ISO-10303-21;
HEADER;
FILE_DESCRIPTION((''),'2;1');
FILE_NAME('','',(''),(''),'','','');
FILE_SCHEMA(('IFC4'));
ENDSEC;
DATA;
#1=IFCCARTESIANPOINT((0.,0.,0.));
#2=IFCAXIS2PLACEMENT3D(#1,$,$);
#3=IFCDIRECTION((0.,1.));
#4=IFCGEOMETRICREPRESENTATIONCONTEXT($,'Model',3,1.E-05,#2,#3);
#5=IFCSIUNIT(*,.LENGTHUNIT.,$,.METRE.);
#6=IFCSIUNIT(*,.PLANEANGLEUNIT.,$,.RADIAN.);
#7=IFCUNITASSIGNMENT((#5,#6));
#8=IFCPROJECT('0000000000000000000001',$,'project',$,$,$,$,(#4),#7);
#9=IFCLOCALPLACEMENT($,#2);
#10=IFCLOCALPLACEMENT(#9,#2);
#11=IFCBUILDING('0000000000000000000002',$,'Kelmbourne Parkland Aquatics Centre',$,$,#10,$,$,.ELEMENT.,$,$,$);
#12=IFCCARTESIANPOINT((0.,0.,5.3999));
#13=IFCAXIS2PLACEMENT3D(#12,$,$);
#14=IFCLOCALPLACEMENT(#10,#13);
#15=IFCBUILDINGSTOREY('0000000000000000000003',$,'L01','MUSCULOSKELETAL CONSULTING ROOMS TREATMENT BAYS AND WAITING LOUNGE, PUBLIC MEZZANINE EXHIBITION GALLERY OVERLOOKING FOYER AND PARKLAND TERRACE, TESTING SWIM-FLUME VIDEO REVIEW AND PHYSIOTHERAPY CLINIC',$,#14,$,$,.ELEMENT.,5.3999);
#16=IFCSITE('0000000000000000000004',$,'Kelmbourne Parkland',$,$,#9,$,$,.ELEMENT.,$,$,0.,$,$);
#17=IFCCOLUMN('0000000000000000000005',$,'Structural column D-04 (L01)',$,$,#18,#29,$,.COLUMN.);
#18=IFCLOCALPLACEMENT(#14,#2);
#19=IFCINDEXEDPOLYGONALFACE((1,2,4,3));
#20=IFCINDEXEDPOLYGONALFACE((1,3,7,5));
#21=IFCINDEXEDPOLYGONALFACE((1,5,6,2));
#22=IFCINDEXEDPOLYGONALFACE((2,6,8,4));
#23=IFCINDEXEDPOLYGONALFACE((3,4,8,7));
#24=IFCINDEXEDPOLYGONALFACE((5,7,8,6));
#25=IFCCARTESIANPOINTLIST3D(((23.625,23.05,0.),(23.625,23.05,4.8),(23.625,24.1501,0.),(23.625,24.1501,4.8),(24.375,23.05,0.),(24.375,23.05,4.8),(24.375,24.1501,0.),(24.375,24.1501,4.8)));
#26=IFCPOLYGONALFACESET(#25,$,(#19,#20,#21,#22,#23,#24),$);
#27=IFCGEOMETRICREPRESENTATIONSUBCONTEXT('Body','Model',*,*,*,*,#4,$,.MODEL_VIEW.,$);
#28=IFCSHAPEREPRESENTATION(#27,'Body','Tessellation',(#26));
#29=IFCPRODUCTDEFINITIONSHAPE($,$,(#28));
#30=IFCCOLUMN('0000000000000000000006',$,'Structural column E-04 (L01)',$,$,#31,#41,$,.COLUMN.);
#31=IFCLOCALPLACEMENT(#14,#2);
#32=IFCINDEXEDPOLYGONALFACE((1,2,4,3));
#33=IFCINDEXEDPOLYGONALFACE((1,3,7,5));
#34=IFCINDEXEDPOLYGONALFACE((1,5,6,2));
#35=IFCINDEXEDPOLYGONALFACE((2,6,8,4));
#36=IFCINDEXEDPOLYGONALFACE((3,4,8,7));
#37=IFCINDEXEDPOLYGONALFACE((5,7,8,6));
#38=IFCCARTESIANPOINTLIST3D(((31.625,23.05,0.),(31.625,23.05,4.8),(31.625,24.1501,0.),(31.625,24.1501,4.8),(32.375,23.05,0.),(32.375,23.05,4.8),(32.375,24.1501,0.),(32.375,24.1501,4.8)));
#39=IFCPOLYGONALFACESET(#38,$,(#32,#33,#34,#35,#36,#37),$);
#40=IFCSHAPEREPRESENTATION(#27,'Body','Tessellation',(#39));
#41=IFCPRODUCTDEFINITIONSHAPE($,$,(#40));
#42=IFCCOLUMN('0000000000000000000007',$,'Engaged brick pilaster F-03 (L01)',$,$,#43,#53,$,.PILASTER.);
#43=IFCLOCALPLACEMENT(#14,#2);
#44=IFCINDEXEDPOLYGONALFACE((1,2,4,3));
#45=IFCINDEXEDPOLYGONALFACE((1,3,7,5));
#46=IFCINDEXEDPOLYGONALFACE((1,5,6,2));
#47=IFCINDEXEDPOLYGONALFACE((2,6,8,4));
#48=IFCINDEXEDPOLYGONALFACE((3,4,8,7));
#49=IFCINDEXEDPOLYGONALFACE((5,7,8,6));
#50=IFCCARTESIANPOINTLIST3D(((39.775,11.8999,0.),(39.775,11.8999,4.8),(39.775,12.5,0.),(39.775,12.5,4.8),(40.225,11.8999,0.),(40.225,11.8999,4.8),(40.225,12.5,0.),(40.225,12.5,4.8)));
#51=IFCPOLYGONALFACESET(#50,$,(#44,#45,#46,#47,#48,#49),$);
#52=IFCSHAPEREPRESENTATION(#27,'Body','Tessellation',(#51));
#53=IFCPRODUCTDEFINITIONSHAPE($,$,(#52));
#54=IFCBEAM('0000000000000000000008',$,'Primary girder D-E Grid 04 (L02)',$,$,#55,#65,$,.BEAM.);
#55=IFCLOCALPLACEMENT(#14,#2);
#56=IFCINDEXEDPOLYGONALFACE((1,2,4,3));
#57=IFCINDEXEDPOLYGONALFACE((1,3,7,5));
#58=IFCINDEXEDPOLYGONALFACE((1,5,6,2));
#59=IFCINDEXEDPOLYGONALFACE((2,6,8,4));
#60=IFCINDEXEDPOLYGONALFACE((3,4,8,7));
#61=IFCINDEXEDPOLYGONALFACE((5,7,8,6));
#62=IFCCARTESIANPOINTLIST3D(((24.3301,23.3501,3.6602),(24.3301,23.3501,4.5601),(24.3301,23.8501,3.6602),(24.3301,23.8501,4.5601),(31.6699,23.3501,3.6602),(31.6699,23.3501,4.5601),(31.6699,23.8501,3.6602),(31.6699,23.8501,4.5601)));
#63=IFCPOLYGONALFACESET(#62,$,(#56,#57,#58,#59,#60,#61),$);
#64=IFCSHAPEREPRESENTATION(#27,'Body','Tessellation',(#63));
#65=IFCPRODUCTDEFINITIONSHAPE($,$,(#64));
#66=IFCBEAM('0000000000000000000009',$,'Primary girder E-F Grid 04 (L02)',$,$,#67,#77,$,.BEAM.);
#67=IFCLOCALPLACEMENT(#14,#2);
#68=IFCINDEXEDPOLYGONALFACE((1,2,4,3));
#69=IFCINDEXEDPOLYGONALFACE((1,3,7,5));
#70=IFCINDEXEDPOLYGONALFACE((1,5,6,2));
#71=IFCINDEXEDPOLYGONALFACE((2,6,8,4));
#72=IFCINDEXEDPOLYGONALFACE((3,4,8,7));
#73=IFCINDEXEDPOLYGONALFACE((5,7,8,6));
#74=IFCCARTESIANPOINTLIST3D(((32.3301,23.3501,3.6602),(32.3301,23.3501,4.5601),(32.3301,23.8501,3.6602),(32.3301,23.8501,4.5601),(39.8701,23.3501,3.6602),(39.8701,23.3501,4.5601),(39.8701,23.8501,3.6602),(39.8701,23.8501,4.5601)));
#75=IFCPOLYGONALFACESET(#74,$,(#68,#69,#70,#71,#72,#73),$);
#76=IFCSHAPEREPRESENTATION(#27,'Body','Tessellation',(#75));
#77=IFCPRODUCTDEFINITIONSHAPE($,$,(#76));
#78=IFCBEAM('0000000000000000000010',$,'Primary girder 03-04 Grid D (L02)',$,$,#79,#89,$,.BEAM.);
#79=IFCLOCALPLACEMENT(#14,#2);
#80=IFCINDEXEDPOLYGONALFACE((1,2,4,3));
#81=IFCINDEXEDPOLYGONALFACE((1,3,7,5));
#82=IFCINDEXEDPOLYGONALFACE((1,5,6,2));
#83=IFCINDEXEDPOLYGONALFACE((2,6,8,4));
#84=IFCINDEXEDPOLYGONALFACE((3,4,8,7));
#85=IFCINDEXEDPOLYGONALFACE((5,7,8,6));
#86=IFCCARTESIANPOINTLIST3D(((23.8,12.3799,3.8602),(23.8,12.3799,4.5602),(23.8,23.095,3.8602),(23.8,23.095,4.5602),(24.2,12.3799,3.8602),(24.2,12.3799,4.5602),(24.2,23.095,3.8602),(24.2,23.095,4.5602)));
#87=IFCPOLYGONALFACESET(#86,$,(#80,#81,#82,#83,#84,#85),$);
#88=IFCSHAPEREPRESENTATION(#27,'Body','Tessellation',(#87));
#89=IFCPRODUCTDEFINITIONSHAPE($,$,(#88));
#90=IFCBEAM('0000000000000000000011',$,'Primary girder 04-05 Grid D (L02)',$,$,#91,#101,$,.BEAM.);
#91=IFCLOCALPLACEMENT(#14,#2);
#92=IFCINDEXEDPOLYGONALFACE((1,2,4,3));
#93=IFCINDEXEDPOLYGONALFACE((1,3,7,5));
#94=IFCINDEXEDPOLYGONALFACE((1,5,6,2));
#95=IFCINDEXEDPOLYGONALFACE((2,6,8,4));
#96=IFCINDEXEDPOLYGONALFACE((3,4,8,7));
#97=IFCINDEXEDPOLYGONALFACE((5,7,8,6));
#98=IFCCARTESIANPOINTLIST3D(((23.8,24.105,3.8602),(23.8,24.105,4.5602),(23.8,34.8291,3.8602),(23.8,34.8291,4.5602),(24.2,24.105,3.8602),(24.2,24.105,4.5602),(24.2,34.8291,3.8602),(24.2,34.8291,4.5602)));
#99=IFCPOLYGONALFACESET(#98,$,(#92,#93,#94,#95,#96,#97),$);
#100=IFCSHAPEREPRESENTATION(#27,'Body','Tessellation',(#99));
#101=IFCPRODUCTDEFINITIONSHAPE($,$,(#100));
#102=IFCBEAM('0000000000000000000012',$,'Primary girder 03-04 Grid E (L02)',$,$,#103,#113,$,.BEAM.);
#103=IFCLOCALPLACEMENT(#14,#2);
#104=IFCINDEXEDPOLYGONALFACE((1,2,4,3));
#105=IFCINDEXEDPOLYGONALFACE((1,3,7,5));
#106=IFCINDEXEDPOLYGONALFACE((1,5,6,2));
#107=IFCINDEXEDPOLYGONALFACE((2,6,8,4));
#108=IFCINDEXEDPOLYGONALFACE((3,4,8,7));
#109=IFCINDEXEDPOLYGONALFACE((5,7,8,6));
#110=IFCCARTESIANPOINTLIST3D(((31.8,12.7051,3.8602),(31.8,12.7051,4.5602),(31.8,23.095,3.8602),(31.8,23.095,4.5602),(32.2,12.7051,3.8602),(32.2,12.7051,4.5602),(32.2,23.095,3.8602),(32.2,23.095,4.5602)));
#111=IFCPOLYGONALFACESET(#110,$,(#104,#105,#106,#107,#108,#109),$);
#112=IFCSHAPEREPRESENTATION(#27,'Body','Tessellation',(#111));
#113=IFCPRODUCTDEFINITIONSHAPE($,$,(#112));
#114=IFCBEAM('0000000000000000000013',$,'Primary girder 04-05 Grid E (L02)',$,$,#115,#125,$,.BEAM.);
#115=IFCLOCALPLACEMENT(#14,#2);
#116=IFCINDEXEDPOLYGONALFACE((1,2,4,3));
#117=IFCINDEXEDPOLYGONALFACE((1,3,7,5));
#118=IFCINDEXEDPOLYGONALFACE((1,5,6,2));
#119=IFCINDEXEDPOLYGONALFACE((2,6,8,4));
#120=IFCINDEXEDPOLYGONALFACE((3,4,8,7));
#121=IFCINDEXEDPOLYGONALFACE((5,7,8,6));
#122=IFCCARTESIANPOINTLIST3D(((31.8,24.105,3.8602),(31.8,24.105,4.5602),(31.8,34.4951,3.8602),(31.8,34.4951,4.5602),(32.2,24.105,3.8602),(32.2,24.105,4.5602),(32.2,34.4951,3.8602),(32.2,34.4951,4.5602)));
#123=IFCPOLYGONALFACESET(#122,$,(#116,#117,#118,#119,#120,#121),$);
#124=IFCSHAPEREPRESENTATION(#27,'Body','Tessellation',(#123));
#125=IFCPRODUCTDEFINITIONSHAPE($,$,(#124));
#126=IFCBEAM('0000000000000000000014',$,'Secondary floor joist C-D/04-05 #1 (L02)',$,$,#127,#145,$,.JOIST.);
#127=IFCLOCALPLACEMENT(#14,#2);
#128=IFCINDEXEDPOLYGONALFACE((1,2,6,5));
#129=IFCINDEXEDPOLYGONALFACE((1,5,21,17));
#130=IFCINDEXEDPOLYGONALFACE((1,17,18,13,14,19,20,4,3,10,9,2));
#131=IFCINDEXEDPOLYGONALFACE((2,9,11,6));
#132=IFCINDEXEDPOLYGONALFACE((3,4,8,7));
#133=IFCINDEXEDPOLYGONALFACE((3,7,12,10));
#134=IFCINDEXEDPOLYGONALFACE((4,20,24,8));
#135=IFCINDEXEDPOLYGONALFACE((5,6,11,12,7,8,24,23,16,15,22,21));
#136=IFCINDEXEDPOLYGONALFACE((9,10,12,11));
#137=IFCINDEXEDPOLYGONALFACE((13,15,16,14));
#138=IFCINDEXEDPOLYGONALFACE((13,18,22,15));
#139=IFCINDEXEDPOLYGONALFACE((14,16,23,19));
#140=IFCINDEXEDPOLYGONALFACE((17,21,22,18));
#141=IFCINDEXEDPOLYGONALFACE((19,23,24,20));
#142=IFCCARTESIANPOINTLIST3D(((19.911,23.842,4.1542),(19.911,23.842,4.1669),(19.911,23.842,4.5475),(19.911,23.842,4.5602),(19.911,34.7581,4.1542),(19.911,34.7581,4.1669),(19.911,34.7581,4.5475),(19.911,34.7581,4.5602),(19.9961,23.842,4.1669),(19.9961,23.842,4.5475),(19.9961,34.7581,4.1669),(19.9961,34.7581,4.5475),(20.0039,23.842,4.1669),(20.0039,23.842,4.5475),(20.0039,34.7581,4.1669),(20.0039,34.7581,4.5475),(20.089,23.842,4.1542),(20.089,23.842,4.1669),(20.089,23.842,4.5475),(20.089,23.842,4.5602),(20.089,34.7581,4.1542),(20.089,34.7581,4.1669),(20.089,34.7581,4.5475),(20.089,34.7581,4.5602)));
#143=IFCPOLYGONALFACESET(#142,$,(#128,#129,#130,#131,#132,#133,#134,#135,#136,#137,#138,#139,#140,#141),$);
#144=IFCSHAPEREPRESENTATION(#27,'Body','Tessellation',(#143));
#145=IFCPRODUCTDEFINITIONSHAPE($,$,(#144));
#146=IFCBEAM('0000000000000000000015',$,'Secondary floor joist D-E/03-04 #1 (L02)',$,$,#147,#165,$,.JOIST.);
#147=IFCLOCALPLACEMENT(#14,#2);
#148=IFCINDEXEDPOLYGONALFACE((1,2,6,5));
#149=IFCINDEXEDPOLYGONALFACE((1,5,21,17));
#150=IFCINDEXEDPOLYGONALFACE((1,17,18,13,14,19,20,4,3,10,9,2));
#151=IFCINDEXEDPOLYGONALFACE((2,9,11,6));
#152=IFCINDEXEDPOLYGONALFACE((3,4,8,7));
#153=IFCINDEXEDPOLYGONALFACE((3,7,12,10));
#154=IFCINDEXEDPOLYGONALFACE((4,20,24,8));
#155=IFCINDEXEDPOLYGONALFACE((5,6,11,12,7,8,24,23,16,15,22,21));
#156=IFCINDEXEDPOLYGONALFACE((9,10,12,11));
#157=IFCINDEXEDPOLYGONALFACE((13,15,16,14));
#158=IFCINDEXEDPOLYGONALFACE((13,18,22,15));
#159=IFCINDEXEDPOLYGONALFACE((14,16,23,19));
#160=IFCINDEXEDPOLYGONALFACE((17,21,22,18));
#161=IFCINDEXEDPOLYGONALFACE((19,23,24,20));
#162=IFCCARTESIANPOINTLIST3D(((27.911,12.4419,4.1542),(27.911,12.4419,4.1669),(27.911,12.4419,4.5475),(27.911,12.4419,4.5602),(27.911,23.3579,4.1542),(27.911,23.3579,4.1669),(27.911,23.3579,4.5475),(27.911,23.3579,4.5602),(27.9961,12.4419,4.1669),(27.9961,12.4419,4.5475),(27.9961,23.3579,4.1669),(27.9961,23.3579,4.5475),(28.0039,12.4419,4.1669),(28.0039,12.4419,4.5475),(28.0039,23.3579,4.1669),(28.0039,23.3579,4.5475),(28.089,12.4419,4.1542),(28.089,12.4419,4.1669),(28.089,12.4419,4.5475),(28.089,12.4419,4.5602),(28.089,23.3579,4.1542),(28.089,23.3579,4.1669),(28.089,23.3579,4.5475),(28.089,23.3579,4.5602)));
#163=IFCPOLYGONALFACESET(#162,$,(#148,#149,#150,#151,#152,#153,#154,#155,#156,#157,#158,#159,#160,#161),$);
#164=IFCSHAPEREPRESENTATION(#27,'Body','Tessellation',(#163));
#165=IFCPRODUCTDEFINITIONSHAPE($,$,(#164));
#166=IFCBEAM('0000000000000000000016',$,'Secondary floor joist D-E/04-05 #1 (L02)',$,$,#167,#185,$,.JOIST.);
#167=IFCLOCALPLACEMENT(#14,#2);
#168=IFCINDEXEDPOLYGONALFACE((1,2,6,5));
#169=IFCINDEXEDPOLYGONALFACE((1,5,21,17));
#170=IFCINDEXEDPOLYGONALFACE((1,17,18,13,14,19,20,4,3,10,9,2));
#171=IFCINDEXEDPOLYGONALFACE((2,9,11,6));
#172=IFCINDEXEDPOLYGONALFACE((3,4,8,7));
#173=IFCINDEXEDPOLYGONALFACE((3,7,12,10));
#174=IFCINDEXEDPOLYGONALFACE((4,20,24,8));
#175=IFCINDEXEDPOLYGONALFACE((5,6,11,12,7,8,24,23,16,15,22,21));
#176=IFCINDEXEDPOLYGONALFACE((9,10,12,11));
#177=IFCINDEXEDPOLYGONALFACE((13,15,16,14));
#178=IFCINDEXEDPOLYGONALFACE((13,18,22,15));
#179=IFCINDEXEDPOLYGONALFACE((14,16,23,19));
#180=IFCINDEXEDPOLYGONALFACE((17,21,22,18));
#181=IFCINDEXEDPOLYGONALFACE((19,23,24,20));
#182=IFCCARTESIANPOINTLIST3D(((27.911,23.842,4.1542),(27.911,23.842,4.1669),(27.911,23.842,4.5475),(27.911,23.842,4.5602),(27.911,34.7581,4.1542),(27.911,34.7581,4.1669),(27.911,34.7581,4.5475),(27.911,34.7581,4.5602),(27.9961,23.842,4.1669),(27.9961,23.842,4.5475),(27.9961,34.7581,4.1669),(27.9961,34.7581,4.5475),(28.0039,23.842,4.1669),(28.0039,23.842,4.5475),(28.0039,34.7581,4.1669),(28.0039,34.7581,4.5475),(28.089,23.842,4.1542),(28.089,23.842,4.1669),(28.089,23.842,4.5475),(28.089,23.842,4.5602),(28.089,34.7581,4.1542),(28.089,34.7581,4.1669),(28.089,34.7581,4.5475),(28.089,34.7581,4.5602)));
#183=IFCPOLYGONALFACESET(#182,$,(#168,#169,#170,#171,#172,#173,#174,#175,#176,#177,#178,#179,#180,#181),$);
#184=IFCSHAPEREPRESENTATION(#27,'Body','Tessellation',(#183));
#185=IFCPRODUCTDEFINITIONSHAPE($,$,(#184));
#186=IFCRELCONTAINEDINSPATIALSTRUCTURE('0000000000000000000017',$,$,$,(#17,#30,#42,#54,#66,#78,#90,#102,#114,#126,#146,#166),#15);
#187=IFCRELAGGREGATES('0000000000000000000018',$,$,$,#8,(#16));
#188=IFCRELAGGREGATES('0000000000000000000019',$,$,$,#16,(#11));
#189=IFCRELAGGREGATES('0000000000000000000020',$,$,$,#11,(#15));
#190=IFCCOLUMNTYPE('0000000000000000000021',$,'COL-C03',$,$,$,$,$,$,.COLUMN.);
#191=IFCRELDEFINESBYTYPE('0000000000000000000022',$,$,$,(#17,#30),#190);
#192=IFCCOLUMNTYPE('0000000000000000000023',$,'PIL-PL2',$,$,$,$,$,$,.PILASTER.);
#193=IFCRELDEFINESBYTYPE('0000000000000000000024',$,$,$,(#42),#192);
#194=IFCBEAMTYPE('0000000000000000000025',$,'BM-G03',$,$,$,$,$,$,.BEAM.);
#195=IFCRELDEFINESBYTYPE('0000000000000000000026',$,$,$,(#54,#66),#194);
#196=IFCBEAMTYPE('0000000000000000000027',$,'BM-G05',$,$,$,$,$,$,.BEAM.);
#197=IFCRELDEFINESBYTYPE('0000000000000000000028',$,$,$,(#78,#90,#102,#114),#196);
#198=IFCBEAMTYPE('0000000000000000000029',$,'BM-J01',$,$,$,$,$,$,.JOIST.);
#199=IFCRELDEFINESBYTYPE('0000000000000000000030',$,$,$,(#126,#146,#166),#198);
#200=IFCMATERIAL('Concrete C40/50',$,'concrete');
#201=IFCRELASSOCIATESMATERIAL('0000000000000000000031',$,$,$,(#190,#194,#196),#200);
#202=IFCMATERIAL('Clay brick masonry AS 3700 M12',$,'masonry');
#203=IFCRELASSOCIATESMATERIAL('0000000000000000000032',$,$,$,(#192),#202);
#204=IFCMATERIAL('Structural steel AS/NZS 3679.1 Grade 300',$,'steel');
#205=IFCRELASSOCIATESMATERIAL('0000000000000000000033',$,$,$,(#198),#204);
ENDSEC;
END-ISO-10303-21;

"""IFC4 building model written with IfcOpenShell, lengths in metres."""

from ifc_helpers import new_model, si_unit, direction, frame, origin, origin_2d, place, context, subcontext, project, spatial, rectangle, i_section, extrude, material, material_profile, profile_set, type_object, element, save


model = new_model("IFC4")

# Units and contexts
model_context = context("Model", 3, precision=1e-05, world=origin(), true_north=direction((0.0, 1.0)))
body_context = subcontext(model_context, "Body", "Model", "MODEL_VIEW")
ifc_project = project(units=[si_unit("LENGTHUNIT", "METRE"), si_unit("PLANEANGLEUNIT", "RADIAN")], contexts=[model_context])

# Site, building, storey
site_placement = place(None, origin())
site = spatial("IfcSite", under=ifc_project, at=site_placement, Name="Kelmbourne Parkland", CompositionType="ELEMENT", RefElevation=0.0)
building_placement = place(site_placement, origin())
building = spatial("IfcBuilding", under=site, at=building_placement, Name="Kelmbourne Parkland Aquatics Centre", CompositionType="ELEMENT")
storey_placement = place(building_placement, frame((0.0, 0.0, 5.3999)))
storey = spatial("IfcBuildingStorey", under=building, at=storey_placement, Name="L01", Description="MUSCULOSKELETAL CONSULTING ROOMS TREATMENT BAYS AND WAITING LOUNGE, PUBLIC MEZZANINE EXHIBITION GALLERY OVERLOOKING FOYER AND PARKLAND TERRACE, TESTING SWIM-FLUME VIDEO REVIEW AND PHYSIOTHERAPY CLINIC", CompositionType="ELEMENT", Elevation=5.3999)

# Columns
ifc_material_1 = material(Name="Concrete C40/50", Category="concrete")
ifc_material_profile_1 = material_profile(ifc_material_1, rectangle(XDim=0.75, YDim=1.1001, at=origin_2d()), Name="RC 750x1100")
ifc_profile_set_1 = profile_set([ifc_material_profile_1], Name="Concrete C40/50")
column_type_1 = type_object("IfcColumnType", Name="COL-C03", PredefinedType="COLUMN", material=ifc_profile_set_1)
for number, where, z_axis, x_axis, name in (
    (1, (24.0, 23.6001, 0.0), (0.0, 0.0, 1.0), (1.0, 0.0, 0.0), "Structural column D-04 (L01)"),
    (2, (32.0, 23.6001, 0.0), (0.0, 0.0, 1.0), (1.0, 0.0, 0.0), "Structural column E-04 (L01)"),
):
    element("IfcColumn", number, at=place(storey_placement, frame(where, z_axis=z_axis, x_axis=x_axis)), inside=storey, type_object=column_type_1, Name=name, PredefinedType="COLUMN", context=body_context, shape_type="SweptSolid", body=[
        extrude(rectangle(XDim=0.75, YDim=1.1001, at=origin_2d()), origin(), (0.0, 0.0, 1.0), 4.8),
    ])
ifc_material_2 = material(Name="Clay brick masonry AS 3700 M12", Category="masonry")
ifc_material_profile_2 = material_profile(ifc_material_2, rectangle(XDim=0.45, YDim=0.6001, at=origin_2d()), Name="PIL 450x600")
ifc_profile_set_2 = profile_set([ifc_material_profile_2], Name="Clay brick masonry AS 3700 M12")
column_type_2 = type_object("IfcColumnType", Name="PIL-PL2", PredefinedType="PILASTER", material=ifc_profile_set_2)
column_placement = place(storey_placement, frame((40.0, 12.2, 0.0), z_axis=(0.0, 0.0, 1.0), x_axis=(1.0, 0.0, 0.0)))
element("IfcColumn", 3, at=column_placement, inside=storey, type_object=column_type_2, Name="Engaged brick pilaster F-03 (L01)", PredefinedType="PILASTER", context=body_context, shape_type="SweptSolid", body=[
    extrude(rectangle(XDim=0.45, YDim=0.6001, at=origin_2d()), origin(), (0.0, 0.0, 1.0), 4.8),
])

# Beams
ifc_material_profile_3 = material_profile(ifc_material_1, rectangle(XDim=0.5, YDim=0.8999, at=origin_2d()), Name="RC 500x900")
ifc_profile_set_3 = profile_set([ifc_material_profile_3], Name="Concrete C40/50")
beam_type_1 = type_object("IfcBeamType", Name="BM-G03", PredefinedType="BEAM", material=ifc_profile_set_3)
beam_1_placement = place(storey_placement, frame((24.3301, 23.6001, 4.1101), z_axis=(1.0, 0.0, 0.0), x_axis=(0.0, 1.0, 0.0)))
element("IfcBeam", 4, at=beam_1_placement, inside=storey, type_object=beam_type_1, Name="Primary girder D-E Grid 04 (L02)", PredefinedType="BEAM", context=body_context, shape_type="SweptSolid", body=[
    extrude(rectangle(XDim=0.5, YDim=0.8999, at=origin_2d()), origin(), (0.0, 0.0, 1.0), 7.3398),
])
beam_2_placement = place(storey_placement, frame((32.3301, 23.6001, 4.1101), z_axis=(1.0, 0.0, 0.0), x_axis=(0.0, 1.0, 0.0)))
element("IfcBeam", 5, at=beam_2_placement, inside=storey, type_object=beam_type_1, Name="Primary girder E-F Grid 04 (L02)", PredefinedType="BEAM", context=body_context, shape_type="SweptSolid", body=[
    extrude(rectangle(XDim=0.5, YDim=0.8999, at=origin_2d()), origin(), (0.0, 0.0, 1.0), 7.54),
])
ifc_material_profile_4 = material_profile(ifc_material_1, rectangle(XDim=0.3999, YDim=0.7, at=origin_2d()), Name="RC 400x700")
ifc_profile_set_4 = profile_set([ifc_material_profile_4], Name="Concrete C40/50")
beam_type_2 = type_object("IfcBeamType", Name="BM-G05", PredefinedType="BEAM", material=ifc_profile_set_4)
beam_3_placement = place(storey_placement, frame((24.0, 12.3799, 4.2102), z_axis=(0.0, 1.0, 0.0), x_axis=(-1.0, 0.0, 0.0)))
element("IfcBeam", 6, at=beam_3_placement, inside=storey, type_object=beam_type_2, Name="Primary girder 03-04 Grid D (L02)", PredefinedType="BEAM", context=body_context, shape_type="SweptSolid", body=[
    extrude(rectangle(XDim=0.3999, YDim=0.7, at=origin_2d()), origin(), (0.0, 0.0, 1.0), 10.7151),
])
beam_4_placement = place(storey_placement, frame((24.0, 24.105, 4.2102), z_axis=(0.0, 1.0, 0.0), x_axis=(-1.0, 0.0, 0.0)))
element("IfcBeam", 7, at=beam_4_placement, inside=storey, type_object=beam_type_2, Name="Primary girder 04-05 Grid D (L02)", PredefinedType="BEAM", context=body_context, shape_type="SweptSolid", body=[
    extrude(rectangle(XDim=0.3999, YDim=0.7, at=origin_2d()), origin(), (0.0, 0.0, 1.0), 10.7241),
])
beam_5_placement = place(storey_placement, frame((32.0, 12.7051, 4.2102), z_axis=(0.0, 1.0, 0.0), x_axis=(-1.0, 0.0, 0.0)))
element("IfcBeam", 8, at=beam_5_placement, inside=storey, type_object=beam_type_2, Name="Primary girder 03-04 Grid E (L02)", PredefinedType="BEAM", context=body_context, shape_type="SweptSolid", body=[
    extrude(rectangle(XDim=0.3999, YDim=0.7, at=origin_2d()), origin(), (0.0, 0.0, 1.0), 10.3899),
])
beam_6_placement = place(storey_placement, frame((32.0, 24.105, 4.2102), z_axis=(0.0, 1.0, 0.0), x_axis=(-1.0, 0.0, 0.0)))
element("IfcBeam", 9, at=beam_6_placement, inside=storey, type_object=beam_type_2, Name="Primary girder 04-05 Grid E (L02)", PredefinedType="BEAM", context=body_context, shape_type="SweptSolid", body=[
    extrude(rectangle(XDim=0.3999, YDim=0.7, at=origin_2d()), origin(), (0.0, 0.0, 1.0), 10.3901),
])
ifc_material_3 = material(Name="Structural steel AS/NZS 3679.1 Grade 300", Category="steel")
ifc_material_profile_5 = material_profile(ifc_material_3, i_section(OverallWidth=0.178, OverallDepth=0.406, WebThickness=0.0078, FlangeThickness=0.0127, at=origin_2d()), Name="410UB59.7")
ifc_profile_set_5 = profile_set([ifc_material_profile_5], Name="Structural steel AS/NZS 3679.1 Grade 300")
beam_type_3 = type_object("IfcBeamType", Name="BM-J01", PredefinedType="JOIST", material=ifc_profile_set_5)
for number, where, z_axis, x_axis, name in (
    (10, (20.0, 23.842, 4.3572), (0.0, 1.0, 0.0), (-1.0, 0.0, 0.0), "Secondary floor joist C-D/04-05 #1 (L02)"),
    (11, (28.0, 12.4419, 4.3572), (0.0, 1.0, 0.0), (-1.0, 0.0, 0.0), "Secondary floor joist D-E/03-04 #1 (L02)"),
    (12, (28.0, 23.842, 4.3572), (0.0, 1.0, 0.0), (-1.0, 0.0, 0.0), "Secondary floor joist D-E/04-05 #1 (L02)"),
):
    element("IfcBeam", number, at=place(storey_placement, frame(where, z_axis=z_axis, x_axis=x_axis)), inside=storey, type_object=beam_type_3, Name=name, PredefinedType="JOIST", context=body_context, shape_type="SweptSolid", body=[
        extrude(i_section(OverallWidth=0.178, OverallDepth=0.406, WebThickness=0.0078, FlangeThickness=0.0127, at=origin_2d()), origin(), (0.0, 0.0, 1.0), 10.916),
    ])

save(model, "model.ifc")
